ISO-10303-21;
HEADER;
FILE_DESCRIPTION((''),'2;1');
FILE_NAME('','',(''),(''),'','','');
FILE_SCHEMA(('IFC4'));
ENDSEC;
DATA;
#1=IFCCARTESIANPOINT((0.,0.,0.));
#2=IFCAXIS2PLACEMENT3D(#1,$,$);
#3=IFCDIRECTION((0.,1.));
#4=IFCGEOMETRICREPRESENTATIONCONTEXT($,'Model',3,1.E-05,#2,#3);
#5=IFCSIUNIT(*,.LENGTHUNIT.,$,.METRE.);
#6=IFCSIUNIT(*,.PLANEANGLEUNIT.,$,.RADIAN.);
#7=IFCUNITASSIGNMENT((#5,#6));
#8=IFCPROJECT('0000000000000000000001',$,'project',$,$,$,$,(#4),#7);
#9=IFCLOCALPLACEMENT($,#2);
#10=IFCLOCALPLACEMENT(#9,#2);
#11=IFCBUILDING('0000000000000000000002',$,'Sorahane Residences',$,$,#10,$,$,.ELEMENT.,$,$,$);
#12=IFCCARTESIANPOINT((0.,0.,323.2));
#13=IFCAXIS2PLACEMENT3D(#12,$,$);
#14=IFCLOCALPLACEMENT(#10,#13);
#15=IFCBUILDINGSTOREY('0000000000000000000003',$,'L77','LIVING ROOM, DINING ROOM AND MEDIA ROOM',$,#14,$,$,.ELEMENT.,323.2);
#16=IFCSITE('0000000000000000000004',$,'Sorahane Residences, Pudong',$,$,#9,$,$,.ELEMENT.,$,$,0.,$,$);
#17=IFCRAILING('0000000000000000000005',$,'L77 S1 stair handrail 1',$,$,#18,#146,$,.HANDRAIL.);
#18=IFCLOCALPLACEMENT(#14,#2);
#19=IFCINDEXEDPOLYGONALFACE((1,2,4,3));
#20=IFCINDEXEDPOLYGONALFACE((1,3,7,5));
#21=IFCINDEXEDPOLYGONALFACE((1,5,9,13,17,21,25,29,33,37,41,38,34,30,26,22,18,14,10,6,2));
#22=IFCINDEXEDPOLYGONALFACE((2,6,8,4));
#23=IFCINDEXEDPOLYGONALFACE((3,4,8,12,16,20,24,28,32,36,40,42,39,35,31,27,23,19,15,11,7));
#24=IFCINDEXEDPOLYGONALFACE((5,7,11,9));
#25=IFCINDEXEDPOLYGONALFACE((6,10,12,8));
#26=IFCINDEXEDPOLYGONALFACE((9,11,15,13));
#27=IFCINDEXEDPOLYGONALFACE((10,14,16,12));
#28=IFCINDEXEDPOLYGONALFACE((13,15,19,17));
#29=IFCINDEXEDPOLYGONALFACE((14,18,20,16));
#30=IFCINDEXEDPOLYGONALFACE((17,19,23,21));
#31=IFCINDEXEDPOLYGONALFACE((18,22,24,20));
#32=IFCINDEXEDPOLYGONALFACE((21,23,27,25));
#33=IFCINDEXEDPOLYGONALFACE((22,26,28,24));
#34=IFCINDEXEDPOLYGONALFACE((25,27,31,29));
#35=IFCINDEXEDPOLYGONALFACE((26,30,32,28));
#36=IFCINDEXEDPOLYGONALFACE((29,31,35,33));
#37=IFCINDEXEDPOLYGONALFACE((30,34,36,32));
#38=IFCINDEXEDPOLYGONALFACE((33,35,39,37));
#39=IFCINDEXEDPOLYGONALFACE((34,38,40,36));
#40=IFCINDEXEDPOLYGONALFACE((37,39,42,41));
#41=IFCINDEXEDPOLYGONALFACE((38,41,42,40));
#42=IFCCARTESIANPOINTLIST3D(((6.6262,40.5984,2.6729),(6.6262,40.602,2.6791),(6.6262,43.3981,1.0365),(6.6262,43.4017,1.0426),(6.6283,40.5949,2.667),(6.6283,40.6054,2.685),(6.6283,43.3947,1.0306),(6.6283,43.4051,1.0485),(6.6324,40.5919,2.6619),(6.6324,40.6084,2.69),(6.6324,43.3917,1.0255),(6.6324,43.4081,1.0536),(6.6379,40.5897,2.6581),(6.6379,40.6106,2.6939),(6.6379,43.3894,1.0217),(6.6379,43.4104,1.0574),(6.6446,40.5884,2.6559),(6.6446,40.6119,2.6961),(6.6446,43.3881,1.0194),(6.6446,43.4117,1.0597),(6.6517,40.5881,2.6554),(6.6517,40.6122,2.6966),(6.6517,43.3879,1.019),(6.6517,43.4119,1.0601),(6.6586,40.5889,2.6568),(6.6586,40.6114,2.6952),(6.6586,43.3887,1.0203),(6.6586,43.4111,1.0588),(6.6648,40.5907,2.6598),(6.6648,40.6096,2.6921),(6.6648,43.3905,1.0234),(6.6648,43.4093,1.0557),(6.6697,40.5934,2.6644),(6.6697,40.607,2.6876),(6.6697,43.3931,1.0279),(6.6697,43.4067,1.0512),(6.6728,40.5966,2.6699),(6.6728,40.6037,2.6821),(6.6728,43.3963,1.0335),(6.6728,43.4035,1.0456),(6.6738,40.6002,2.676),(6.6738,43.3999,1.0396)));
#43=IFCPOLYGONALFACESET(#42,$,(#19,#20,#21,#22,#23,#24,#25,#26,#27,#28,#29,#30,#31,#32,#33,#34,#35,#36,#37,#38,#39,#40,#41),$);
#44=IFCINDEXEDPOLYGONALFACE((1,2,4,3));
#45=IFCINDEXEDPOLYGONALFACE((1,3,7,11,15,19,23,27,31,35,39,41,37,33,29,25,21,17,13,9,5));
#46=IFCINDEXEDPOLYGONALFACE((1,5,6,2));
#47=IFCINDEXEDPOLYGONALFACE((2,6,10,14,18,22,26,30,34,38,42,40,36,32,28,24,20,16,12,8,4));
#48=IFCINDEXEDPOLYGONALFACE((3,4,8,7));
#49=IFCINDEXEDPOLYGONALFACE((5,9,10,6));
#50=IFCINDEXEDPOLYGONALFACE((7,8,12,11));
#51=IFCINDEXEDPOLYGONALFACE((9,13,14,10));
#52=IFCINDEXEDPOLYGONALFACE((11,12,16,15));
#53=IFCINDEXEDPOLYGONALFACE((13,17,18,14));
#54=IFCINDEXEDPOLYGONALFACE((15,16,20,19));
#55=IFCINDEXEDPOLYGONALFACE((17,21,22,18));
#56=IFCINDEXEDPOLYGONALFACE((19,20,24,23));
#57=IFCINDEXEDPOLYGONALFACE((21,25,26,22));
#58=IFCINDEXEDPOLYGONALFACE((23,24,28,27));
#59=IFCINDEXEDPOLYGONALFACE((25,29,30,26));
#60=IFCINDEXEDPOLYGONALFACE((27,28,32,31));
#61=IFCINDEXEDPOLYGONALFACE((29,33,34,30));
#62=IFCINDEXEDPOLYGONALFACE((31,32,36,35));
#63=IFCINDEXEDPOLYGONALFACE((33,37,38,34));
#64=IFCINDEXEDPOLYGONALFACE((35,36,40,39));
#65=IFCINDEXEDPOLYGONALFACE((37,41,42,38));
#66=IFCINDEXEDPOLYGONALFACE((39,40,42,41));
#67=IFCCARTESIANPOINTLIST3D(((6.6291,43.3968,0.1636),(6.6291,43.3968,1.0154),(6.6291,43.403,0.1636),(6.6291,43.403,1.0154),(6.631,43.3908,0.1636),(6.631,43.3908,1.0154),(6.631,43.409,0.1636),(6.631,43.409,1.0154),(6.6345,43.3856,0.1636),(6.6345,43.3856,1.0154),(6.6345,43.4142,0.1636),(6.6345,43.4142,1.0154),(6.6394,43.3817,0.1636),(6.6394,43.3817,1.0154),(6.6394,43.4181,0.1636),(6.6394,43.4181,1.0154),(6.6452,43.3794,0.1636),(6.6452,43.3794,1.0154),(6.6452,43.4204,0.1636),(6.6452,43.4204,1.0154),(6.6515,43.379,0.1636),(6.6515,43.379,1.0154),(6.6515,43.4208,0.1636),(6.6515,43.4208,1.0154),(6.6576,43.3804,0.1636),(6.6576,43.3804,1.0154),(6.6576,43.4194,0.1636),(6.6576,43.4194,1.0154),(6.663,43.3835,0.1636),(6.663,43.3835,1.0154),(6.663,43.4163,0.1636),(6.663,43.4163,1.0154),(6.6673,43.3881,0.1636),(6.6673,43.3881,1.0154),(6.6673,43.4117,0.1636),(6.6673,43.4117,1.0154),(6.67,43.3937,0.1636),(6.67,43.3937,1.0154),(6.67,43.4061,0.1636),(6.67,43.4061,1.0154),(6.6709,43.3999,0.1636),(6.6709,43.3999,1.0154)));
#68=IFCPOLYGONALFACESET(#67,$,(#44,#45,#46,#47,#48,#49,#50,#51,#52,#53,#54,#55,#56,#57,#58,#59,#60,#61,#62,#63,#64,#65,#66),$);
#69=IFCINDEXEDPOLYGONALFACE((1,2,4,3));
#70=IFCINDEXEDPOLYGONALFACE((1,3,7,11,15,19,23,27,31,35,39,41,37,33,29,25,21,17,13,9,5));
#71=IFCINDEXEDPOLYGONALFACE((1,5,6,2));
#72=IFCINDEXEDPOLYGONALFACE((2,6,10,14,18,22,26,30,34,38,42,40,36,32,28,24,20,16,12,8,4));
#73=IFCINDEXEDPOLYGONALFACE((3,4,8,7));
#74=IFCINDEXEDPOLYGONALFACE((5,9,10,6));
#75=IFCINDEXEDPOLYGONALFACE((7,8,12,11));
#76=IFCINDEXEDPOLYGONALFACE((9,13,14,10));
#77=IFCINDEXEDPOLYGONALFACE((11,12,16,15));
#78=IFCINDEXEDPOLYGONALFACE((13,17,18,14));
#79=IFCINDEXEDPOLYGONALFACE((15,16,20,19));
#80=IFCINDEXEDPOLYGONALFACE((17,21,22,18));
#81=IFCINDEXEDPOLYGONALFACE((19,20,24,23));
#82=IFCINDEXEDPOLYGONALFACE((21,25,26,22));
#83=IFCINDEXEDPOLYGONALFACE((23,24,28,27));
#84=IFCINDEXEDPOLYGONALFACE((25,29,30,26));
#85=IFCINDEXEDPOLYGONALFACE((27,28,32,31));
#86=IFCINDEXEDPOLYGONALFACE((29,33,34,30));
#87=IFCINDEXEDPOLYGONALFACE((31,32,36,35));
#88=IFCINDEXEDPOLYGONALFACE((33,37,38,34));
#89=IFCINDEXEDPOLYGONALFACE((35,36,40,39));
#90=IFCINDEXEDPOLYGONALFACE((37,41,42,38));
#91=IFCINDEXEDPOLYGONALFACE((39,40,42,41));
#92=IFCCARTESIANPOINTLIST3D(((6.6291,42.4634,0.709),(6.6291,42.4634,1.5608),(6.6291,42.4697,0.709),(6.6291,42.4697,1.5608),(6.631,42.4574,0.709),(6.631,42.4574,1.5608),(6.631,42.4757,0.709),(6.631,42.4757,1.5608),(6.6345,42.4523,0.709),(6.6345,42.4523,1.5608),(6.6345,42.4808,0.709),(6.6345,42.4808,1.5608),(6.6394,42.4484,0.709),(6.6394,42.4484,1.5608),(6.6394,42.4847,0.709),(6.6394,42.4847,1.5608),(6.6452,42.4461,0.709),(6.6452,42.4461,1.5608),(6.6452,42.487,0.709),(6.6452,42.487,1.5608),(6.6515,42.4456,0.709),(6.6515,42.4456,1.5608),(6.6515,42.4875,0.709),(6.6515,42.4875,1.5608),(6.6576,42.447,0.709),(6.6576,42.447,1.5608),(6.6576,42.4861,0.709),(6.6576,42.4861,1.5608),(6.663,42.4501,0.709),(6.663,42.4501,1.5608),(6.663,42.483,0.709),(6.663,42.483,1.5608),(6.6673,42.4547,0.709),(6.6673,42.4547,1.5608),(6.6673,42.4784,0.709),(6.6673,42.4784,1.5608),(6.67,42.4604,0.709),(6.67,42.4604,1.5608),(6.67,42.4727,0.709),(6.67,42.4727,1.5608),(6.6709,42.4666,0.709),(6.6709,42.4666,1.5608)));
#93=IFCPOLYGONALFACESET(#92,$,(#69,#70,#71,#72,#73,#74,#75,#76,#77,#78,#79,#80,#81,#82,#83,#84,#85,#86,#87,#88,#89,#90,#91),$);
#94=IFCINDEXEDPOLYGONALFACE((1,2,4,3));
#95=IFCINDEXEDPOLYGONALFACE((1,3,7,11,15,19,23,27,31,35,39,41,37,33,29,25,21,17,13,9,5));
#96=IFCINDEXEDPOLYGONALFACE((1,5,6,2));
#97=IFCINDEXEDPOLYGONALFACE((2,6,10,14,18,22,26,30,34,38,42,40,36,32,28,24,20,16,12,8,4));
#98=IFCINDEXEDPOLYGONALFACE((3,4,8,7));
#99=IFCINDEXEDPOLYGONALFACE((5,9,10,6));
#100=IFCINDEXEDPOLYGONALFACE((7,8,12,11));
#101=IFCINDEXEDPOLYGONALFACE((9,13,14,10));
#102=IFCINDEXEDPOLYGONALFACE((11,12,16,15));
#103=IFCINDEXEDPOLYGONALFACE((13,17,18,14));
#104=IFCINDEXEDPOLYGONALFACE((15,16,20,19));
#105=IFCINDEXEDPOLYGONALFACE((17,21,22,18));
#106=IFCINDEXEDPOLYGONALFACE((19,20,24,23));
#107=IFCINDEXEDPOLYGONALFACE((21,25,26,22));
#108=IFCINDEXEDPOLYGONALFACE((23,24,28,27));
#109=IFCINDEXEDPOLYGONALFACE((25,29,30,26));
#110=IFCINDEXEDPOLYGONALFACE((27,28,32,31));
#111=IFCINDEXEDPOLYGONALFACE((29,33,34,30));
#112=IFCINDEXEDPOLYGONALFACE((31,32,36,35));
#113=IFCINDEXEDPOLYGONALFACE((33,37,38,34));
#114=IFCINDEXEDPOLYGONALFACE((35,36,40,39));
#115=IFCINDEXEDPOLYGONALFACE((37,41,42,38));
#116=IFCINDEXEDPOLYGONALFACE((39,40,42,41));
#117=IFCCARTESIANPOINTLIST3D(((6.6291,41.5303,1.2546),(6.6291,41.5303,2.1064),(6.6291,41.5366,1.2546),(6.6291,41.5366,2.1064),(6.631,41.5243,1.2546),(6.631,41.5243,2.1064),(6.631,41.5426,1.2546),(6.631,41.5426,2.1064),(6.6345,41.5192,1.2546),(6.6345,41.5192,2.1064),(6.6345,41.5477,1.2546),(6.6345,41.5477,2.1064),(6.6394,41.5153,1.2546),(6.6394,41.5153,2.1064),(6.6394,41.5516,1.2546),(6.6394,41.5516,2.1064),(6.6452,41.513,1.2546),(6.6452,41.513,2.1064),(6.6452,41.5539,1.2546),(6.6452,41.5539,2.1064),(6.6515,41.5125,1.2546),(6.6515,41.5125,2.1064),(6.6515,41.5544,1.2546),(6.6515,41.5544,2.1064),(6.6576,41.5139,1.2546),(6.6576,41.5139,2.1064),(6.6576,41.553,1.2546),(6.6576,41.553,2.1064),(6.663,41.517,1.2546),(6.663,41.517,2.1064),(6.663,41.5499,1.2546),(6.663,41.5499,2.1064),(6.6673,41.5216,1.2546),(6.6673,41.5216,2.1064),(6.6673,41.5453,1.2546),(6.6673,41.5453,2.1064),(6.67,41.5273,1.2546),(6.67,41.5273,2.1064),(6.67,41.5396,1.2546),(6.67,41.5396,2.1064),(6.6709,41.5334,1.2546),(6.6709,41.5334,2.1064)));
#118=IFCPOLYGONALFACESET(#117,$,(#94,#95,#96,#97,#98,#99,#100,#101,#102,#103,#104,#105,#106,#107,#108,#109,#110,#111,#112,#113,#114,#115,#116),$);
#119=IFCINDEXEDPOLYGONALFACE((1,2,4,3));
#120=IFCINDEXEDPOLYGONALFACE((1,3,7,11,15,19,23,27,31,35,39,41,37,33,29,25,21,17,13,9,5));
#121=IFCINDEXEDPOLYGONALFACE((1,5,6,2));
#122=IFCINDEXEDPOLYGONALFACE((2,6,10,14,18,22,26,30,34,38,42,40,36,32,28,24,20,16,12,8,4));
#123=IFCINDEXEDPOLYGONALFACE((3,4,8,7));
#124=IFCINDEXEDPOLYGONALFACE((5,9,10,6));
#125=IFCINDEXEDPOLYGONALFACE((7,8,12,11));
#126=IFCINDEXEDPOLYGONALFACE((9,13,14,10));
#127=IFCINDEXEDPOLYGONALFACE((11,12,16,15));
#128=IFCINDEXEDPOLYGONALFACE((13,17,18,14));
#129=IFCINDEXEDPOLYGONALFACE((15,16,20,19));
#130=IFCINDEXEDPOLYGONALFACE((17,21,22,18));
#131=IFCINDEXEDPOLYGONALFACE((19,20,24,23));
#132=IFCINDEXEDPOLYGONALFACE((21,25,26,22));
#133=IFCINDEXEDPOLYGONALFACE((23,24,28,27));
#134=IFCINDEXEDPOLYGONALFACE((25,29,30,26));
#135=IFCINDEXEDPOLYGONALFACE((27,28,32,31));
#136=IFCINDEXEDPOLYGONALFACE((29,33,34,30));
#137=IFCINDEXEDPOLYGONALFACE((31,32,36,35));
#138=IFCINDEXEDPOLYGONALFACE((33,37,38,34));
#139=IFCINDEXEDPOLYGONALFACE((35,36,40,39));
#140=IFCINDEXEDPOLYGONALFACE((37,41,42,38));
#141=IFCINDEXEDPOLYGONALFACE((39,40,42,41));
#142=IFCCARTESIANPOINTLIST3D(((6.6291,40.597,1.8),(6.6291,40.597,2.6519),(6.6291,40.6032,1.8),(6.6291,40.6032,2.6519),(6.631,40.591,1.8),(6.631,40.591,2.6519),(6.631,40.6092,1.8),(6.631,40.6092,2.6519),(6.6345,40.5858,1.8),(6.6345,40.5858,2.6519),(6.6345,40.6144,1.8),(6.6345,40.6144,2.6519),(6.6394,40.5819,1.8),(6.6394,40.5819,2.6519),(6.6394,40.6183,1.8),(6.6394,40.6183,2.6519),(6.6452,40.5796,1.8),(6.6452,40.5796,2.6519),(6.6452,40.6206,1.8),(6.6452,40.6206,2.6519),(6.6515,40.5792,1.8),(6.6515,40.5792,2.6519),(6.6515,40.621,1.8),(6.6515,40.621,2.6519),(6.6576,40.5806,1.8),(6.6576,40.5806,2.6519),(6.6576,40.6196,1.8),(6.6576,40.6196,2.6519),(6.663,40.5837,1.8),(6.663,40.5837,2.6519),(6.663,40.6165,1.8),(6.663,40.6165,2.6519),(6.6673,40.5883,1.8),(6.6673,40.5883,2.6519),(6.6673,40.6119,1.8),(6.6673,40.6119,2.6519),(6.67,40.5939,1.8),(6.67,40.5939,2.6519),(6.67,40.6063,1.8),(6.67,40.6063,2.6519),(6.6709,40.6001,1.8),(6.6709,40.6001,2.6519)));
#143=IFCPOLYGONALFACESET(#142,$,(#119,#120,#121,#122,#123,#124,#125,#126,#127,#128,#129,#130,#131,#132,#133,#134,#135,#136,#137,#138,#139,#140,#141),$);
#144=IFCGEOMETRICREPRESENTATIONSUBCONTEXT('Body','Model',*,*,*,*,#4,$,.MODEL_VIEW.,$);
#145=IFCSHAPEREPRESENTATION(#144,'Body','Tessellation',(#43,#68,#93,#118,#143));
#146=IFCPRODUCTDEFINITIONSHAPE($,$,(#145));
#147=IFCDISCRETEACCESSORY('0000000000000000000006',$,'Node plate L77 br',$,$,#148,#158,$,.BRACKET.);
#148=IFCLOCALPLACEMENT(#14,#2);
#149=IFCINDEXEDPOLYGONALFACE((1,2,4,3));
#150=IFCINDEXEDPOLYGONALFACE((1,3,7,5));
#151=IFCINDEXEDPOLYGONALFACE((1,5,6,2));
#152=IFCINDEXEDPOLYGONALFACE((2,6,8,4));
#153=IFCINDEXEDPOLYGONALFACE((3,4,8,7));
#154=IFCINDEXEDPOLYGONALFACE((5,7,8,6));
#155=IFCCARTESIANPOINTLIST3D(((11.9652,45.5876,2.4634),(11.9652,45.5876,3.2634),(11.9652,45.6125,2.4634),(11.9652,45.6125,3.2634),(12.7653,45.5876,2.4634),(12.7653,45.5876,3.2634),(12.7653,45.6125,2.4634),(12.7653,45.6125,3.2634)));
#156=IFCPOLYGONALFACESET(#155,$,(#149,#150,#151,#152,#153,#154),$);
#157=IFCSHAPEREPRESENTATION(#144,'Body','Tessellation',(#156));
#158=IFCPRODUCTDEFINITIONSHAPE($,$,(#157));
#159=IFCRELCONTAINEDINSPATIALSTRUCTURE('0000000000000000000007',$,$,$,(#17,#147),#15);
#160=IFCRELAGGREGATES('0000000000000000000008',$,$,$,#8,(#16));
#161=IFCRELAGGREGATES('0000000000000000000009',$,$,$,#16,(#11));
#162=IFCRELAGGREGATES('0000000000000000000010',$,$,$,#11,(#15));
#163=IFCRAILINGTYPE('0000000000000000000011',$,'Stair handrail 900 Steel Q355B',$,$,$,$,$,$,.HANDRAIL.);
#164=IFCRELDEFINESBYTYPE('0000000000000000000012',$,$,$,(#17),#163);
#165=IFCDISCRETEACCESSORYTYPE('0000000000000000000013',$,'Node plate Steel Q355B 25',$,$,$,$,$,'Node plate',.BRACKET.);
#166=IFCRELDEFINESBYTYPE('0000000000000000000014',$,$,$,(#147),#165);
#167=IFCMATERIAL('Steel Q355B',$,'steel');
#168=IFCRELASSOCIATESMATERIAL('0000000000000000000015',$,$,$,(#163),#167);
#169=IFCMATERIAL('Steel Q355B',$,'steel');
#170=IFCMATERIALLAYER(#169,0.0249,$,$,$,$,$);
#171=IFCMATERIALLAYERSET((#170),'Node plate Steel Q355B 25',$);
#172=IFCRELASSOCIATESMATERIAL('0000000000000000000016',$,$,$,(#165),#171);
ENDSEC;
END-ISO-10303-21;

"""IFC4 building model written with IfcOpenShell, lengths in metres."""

from ifc_helpers import new_model, si_unit, direction, frame, origin, origin_2d, place, context, subcontext, project, spatial, rectangle, circle, extrude, material, layer, layer_set, type_object, element, save


model = new_model("IFC4")

# Units and contexts
model_context = context("Model", 3, precision=1e-05, world=origin(), true_north=direction((0.0, 1.0)))
body_context = subcontext(model_context, "Body", "Model", "MODEL_VIEW")
ifc_project = project(units=[si_unit("LENGTHUNIT", "METRE"), si_unit("PLANEANGLEUNIT", "RADIAN")], contexts=[model_context])

# Site, building, storey
site_placement = place(None, origin())
site = spatial("IfcSite", under=ifc_project, at=site_placement, Name="Sorahane Residences, Pudong", CompositionType="ELEMENT", RefElevation=0.0)
building_placement = place(site_placement, origin())
building = spatial("IfcBuilding", under=site, at=building_placement, Name="Sorahane Residences", CompositionType="ELEMENT")
storey_placement = place(building_placement, frame((0.0, 0.0, 323.2)))
storey = spatial("IfcBuildingStorey", under=building, at=storey_placement, Name="L77", Description="LIVING ROOM, DINING ROOM AND MEDIA ROOM", CompositionType="ELEMENT", Elevation=323.2)

# Railing
ifc_material_1 = material(Name="Steel Q355B", Category="steel")
railing_type_1 = type_object("IfcRailingType", Name="Stair handrail 900 Steel Q355B", PredefinedType="HANDRAIL", material=ifc_material_1)
railing_1_placement = place(storey_placement, frame((6.6499, 43.3999, 0.1636)))
element("IfcRailing", 1, at=railing_1_placement, inside=storey, type_object=railing_type_1, Name="L77 S1 stair handrail 1", PredefinedType="HANDRAIL", context=body_context, shape_type="SweptSolid", body=[
    extrude(circle(Radius=0.0239, at=origin_2d()), frame((0.0, 0.0, 0.876), z_axis=(0.0, -0.863342, 0.50462), x_axis=(1.0, 0.0, 0.0)), (0.0, 0.0, 1.0), 3.2429),
    extrude(circle(Radius=0.021, at=origin_2d()), origin(), (0.0, 0.0, 1.0), 0.8518),
    extrude(circle(Radius=0.021, at=origin_2d()), frame((0.0, -0.9333, 0.5454)), (0.0, 0.0, 1.0), 0.8518),
    extrude(circle(Radius=0.021, at=origin_2d()), frame((0.0, -1.8665, 1.0911)), (0.0, 0.0, 1.0), 0.8518),
    extrude(circle(Radius=0.021, at=origin_2d()), frame((0.0, -2.7998, 1.6365)), (0.0, 0.0, 1.0), 0.8518),
])

# Discrete accessory
ifc_material_2 = material(Name="Steel Q355B", Category="steel")
ifc_layer_1 = layer(ifc_material_2, 0.0249)
ifc_layer_set_1 = layer_set([ifc_layer_1], Name="Node plate Steel Q355B 25")
discrete_accessory_type = type_object("IfcDiscreteAccessoryType", Name="Node plate Steel Q355B 25", ElementType="Node plate", PredefinedType="BRACKET", material=ifc_layer_set_1)
discrete_accessory_placement = place(storey_placement, frame((12.3652, 45.6001, 2.4634), z_axis=(0.0, 0.0, 1.0), x_axis=(1.0, 0.0, 0.0)))
element("IfcDiscreteAccessory", 2, at=discrete_accessory_placement, inside=storey, type_object=discrete_accessory_type, Name="Node plate L77 br", PredefinedType="BRACKET", context=body_context, shape_type="SweptSolid", body=[
    extrude(rectangle(XDim=0.8, YDim=0.0249, at=origin_2d()), origin(), (0.0, 0.0, 1.0), 0.8),
])

save(model, "model.ifc")
